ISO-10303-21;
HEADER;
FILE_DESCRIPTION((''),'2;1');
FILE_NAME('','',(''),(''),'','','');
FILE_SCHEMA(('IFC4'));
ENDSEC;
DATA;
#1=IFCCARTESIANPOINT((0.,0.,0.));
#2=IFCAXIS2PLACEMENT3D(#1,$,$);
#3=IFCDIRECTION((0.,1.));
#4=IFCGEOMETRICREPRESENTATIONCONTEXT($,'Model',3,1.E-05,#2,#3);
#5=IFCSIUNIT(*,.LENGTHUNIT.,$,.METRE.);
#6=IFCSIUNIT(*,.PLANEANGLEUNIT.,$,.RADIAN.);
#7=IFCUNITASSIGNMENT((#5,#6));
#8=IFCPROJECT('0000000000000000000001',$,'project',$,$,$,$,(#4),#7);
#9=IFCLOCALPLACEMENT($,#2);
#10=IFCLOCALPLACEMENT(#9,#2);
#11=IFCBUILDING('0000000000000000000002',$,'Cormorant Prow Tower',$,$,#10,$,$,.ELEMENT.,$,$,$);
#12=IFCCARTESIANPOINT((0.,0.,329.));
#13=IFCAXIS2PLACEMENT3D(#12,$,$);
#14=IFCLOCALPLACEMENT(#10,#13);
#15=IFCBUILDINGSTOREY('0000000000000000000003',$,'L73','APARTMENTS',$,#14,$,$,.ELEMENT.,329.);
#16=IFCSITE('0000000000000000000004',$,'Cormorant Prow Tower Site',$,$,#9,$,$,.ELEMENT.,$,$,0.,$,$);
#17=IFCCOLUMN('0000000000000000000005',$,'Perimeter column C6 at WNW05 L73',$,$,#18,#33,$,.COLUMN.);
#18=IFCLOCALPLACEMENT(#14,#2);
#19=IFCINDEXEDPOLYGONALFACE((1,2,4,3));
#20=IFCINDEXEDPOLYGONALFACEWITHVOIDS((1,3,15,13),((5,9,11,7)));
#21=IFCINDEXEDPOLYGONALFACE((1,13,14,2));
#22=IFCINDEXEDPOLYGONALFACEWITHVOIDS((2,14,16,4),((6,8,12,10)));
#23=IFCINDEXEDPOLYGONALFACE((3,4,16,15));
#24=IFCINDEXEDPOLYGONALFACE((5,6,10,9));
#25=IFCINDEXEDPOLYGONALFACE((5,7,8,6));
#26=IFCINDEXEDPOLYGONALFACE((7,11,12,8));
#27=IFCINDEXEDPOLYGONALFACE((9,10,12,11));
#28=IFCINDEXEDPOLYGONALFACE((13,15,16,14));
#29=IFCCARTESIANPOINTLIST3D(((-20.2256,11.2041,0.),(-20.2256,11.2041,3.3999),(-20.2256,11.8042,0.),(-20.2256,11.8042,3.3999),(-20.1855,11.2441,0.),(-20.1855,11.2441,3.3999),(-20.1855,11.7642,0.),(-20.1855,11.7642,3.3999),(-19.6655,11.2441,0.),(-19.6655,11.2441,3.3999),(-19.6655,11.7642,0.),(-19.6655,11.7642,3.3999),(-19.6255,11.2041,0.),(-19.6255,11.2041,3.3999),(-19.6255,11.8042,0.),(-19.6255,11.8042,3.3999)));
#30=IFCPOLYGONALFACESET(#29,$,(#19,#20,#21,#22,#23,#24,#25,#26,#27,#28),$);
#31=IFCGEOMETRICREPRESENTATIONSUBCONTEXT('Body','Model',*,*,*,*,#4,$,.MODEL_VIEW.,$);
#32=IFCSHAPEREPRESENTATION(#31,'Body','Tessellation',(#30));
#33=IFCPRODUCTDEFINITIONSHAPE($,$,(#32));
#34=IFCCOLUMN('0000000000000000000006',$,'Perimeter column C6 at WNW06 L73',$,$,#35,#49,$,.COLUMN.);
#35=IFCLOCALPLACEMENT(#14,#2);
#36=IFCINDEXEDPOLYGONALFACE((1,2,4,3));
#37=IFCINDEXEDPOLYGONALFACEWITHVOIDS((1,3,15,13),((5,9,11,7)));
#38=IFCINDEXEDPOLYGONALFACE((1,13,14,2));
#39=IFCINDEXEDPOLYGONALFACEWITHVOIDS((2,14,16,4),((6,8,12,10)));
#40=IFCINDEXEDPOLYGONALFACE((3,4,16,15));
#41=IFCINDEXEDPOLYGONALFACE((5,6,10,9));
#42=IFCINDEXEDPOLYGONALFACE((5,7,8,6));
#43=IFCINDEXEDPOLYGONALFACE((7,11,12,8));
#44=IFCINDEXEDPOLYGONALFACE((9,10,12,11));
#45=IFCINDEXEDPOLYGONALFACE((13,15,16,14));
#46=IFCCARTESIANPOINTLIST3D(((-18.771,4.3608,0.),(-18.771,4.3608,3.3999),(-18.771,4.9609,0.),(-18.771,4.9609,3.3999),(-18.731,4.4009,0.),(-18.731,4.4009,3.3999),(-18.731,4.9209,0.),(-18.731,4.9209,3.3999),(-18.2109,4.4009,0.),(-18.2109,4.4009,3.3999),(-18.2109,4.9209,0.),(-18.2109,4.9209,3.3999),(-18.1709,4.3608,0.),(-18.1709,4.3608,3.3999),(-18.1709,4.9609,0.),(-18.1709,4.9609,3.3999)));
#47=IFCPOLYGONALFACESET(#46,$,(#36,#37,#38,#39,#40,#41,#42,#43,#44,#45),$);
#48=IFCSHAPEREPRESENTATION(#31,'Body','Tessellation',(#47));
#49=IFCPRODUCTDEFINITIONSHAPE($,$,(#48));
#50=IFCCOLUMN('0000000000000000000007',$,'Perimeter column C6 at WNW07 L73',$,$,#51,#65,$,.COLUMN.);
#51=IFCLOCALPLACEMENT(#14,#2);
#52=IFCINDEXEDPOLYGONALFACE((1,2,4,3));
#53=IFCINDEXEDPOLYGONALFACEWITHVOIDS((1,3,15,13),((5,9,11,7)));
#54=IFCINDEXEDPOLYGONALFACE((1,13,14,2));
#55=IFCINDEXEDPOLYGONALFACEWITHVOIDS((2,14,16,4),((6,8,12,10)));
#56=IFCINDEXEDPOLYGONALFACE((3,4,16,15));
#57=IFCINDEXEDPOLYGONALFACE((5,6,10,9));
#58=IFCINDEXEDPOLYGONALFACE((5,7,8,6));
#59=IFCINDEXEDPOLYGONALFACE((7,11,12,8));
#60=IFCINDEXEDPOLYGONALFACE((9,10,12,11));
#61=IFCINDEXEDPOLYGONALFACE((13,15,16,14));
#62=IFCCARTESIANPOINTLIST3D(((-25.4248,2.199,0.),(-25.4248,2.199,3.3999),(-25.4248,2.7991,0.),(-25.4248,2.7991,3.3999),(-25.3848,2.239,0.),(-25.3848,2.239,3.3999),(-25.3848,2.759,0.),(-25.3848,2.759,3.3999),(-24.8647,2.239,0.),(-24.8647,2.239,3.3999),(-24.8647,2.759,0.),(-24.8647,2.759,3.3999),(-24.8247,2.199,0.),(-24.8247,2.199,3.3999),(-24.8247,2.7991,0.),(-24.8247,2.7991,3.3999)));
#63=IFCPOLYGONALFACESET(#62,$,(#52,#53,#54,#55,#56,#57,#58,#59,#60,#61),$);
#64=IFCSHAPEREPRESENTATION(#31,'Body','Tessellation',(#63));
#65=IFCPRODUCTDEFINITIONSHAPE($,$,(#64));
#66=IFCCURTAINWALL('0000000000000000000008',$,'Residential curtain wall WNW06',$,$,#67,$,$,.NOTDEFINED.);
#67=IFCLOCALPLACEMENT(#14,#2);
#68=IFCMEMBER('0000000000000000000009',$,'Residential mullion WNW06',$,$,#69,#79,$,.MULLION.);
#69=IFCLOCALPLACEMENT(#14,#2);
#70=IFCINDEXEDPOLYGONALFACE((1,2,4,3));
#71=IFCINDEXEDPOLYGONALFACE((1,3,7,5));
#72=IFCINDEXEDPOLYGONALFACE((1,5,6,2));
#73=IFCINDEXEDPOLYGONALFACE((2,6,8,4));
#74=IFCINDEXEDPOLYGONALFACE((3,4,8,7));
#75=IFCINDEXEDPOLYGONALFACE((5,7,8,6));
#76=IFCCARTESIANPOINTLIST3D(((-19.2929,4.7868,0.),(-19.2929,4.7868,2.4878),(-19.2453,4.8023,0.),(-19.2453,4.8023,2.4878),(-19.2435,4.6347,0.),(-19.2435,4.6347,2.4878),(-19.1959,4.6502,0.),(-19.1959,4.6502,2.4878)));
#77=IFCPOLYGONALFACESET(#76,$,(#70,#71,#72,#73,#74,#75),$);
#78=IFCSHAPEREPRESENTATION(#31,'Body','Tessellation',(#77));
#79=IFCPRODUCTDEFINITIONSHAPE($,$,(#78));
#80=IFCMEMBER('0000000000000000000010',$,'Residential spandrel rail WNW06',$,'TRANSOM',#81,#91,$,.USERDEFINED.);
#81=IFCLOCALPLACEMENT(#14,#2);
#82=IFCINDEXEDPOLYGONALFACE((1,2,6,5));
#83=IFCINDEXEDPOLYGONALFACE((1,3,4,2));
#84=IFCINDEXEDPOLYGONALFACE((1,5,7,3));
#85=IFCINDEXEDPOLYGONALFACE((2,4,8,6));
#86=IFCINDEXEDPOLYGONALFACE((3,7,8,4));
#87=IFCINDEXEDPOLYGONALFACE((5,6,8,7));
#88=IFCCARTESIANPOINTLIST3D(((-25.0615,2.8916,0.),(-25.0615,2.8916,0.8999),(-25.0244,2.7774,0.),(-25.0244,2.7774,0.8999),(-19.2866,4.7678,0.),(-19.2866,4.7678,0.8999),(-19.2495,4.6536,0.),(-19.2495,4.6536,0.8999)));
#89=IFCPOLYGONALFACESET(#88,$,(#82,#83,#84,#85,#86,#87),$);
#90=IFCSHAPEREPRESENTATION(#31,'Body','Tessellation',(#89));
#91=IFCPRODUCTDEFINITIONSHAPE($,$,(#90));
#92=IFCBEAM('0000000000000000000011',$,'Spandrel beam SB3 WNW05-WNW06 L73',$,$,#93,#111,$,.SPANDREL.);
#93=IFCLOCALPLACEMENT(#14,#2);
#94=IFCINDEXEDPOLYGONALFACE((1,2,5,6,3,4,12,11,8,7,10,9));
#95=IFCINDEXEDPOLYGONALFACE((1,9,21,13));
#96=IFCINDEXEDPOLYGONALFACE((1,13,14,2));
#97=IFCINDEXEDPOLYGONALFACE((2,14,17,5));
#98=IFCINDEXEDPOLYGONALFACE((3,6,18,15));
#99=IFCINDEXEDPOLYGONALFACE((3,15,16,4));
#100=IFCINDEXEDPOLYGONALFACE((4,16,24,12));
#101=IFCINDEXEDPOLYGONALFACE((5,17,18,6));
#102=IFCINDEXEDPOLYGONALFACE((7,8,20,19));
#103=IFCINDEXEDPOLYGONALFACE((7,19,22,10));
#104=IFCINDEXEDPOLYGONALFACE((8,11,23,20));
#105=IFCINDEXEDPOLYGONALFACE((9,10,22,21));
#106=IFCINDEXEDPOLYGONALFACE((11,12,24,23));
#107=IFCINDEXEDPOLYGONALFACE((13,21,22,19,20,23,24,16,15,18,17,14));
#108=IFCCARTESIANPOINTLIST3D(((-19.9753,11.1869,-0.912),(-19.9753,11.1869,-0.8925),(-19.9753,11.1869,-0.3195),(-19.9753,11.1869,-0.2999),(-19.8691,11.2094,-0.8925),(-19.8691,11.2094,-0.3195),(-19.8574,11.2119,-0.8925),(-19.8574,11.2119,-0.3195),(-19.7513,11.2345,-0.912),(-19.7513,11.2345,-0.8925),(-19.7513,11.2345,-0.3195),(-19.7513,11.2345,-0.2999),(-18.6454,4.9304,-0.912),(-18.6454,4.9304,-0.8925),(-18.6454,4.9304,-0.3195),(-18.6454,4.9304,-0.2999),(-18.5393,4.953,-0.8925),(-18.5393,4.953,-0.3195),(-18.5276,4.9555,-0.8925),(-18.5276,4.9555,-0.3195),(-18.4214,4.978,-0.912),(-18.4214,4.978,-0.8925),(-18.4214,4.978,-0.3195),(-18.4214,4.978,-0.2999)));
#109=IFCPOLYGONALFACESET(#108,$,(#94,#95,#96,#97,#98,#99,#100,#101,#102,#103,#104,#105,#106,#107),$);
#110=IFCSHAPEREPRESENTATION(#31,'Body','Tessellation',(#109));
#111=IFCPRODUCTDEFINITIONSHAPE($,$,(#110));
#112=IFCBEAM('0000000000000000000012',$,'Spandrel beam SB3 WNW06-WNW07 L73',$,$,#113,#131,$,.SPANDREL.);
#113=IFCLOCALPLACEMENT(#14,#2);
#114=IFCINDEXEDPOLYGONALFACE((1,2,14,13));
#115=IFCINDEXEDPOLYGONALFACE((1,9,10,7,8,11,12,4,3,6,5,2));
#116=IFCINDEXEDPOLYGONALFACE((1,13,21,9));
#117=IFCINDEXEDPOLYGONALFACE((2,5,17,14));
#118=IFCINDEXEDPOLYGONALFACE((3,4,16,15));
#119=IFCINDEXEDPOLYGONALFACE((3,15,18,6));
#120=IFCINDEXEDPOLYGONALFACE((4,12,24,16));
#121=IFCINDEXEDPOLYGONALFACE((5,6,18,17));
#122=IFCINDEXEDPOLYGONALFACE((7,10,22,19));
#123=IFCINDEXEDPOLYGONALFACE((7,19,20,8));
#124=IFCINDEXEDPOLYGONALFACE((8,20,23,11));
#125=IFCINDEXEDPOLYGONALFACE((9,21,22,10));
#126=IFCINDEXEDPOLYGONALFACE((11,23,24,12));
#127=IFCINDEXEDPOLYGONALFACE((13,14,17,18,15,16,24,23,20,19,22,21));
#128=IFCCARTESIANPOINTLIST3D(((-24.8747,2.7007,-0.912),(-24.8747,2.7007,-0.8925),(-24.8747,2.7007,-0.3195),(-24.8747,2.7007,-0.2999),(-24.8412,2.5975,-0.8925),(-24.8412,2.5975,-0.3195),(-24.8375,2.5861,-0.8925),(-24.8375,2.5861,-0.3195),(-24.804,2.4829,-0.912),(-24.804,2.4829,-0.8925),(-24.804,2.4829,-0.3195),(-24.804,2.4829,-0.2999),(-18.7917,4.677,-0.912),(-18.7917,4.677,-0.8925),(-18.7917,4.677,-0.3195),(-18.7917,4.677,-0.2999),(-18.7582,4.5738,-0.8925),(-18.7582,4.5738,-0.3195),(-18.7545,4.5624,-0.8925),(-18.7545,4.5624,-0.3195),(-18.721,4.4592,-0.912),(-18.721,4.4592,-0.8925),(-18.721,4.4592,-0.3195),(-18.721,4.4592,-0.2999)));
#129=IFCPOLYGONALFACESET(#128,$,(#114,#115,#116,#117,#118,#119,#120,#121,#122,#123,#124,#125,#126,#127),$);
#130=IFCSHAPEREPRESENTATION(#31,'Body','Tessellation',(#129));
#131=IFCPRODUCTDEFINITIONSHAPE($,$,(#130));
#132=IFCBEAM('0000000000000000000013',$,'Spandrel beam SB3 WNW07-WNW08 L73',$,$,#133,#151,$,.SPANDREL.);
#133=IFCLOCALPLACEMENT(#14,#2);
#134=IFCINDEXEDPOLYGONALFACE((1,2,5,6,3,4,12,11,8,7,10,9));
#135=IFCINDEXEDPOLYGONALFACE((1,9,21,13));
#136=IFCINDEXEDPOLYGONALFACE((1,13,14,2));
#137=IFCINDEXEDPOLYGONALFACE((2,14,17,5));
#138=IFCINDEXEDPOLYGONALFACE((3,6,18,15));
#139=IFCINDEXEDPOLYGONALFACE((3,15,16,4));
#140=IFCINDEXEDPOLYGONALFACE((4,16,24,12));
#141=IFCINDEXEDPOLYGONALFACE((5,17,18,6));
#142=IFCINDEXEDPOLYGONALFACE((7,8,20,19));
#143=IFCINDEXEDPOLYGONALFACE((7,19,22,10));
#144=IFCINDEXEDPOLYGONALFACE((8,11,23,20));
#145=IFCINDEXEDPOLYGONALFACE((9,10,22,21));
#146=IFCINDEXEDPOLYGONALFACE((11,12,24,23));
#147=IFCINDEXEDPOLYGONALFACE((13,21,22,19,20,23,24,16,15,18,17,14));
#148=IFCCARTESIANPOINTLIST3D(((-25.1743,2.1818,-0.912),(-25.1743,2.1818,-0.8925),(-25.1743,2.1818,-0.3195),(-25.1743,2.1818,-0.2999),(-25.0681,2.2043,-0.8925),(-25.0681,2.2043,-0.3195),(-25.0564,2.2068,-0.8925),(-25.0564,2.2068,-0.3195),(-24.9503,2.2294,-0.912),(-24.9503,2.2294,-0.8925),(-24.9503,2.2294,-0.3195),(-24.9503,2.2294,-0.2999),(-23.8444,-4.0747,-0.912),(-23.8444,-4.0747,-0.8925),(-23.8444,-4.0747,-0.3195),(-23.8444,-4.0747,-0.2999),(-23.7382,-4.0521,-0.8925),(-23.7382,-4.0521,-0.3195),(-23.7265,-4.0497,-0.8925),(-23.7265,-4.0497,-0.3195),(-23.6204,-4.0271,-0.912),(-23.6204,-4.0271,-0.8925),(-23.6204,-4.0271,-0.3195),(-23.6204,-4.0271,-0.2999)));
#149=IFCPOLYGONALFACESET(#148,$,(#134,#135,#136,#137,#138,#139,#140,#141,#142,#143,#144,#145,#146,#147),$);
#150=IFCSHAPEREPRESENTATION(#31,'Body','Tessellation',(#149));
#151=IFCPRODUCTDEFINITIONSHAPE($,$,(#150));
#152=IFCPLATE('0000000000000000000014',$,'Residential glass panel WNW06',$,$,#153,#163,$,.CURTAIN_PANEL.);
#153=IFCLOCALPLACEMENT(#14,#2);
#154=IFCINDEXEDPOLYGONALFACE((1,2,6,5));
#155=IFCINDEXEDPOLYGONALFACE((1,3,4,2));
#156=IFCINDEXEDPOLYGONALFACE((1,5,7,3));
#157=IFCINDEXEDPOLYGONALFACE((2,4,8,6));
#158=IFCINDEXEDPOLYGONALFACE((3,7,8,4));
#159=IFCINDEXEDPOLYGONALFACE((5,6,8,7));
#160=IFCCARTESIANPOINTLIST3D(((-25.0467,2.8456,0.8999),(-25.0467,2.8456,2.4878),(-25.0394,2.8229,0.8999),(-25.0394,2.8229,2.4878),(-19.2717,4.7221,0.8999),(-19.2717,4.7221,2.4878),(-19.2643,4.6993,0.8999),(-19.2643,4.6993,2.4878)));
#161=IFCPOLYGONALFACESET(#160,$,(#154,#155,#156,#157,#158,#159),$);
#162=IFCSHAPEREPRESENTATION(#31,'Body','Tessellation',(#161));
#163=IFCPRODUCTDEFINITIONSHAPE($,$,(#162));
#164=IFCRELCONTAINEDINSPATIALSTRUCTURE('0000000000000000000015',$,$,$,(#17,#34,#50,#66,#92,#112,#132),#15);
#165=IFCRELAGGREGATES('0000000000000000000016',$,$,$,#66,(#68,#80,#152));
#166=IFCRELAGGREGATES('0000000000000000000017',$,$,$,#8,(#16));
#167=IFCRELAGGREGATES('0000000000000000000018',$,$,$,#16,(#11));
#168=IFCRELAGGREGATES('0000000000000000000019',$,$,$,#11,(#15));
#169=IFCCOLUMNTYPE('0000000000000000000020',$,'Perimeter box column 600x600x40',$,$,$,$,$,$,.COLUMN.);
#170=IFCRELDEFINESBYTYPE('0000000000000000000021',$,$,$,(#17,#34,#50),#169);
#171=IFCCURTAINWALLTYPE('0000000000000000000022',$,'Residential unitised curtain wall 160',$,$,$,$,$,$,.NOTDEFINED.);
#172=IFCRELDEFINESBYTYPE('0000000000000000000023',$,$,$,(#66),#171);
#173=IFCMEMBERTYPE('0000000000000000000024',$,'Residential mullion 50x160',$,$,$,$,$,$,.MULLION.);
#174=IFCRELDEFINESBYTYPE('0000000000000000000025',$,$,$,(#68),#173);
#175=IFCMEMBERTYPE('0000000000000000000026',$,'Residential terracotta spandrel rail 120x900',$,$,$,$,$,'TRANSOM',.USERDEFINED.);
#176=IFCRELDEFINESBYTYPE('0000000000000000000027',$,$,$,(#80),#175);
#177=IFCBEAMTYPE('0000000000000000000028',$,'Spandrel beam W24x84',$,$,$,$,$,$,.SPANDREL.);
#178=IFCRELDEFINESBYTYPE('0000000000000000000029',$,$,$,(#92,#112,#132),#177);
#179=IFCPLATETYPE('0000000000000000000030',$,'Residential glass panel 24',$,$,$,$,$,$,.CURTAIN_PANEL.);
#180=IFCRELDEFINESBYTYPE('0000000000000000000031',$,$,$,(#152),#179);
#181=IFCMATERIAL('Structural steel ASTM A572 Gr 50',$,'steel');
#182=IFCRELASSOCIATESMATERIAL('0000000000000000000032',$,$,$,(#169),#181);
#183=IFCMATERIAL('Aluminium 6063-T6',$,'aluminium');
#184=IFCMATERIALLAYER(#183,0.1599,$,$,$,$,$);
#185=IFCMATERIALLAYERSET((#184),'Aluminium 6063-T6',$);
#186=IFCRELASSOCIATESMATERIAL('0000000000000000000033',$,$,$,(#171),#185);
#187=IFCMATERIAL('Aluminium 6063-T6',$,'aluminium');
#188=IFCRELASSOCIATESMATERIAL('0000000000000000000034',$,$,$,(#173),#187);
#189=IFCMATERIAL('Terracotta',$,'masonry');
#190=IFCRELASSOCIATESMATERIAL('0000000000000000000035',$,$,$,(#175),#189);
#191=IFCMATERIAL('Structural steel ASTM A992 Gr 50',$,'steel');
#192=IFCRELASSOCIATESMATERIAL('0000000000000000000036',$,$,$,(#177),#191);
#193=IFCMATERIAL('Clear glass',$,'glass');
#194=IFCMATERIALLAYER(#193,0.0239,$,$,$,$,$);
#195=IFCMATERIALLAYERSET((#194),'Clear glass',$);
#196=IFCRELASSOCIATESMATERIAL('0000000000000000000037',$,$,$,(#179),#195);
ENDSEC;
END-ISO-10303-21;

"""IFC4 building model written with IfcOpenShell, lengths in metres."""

from ifc_helpers import new_model, si_unit, direction, frame, origin, origin_2d, place, context, subcontext, project, spatial, rectangle, hollow_rectangle, i_section, extrude, material, layer, layer_set, material_profile, profile_set, type_object, element, aggregate, save


model = new_model("IFC4")

# Units and contexts
model_context = context("Model", 3, precision=1e-05, world=origin(), true_north=direction((0.0, 1.0)))
body_context = subcontext(model_context, "Body", "Model", "MODEL_VIEW")
ifc_project = project(units=[si_unit("LENGTHUNIT", "METRE"), si_unit("PLANEANGLEUNIT", "RADIAN")], contexts=[model_context])

# Site, building, storey
site_placement = place(None, origin())
site = spatial("IfcSite", under=ifc_project, at=site_placement, Name="Cormorant Prow Tower Site", CompositionType="ELEMENT", RefElevation=0.0)
building_placement = place(site_placement, origin())
building = spatial("IfcBuilding", under=site, at=building_placement, Name="Cormorant Prow Tower", CompositionType="ELEMENT")
storey_placement = place(building_placement, frame((0.0, 0.0, 329.0)))
storey = spatial("IfcBuildingStorey", under=building, at=storey_placement, Name="L73", Description="APARTMENTS", CompositionType="ELEMENT", Elevation=329.0)

# Columns
ifc_material_1 = material(Name="Structural steel ASTM A572 Gr 50", Category="steel")
ifc_material_profile_1 = material_profile(ifc_material_1, hollow_rectangle(XDim=0.6001, YDim=0.6001, WallThickness=0.04, at=origin_2d()), Name="Box 600x600x40")
ifc_profile_set_1 = profile_set([ifc_material_profile_1], Name="Structural steel ASTM A572 Gr 50")
column_type = type_object("IfcColumnType", Name="Perimeter box column 600x600x40", PredefinedType="COLUMN", material=ifc_profile_set_1)
for number, where, z_axis, x_axis, name in (
    (1, (-19.9255, 11.5042, 0.0), (0.0, 0.0, 1.0), (1.0, 0.0, 0.0), "Perimeter column C6 at WNW05 L73"),
    (2, (-18.4709, 4.6609, 0.0), (0.0, 0.0, 1.0), (1.0, 0.0, 0.0), "Perimeter column C6 at WNW06 L73"),
    (3, (-25.1248, 2.499, 0.0), (0.0, 0.0, 1.0), (1.0, 0.0, 0.0), "Perimeter column C6 at WNW07 L73"),
):
    element("IfcColumn", number, at=place(storey_placement, frame(where, z_axis=z_axis, x_axis=x_axis)), inside=storey, type_object=column_type, Name=name, PredefinedType="COLUMN", context=body_context, shape_type="SweptSolid", body=[
        extrude(hollow_rectangle(XDim=0.6001, YDim=0.6001, WallThickness=0.04, at=origin_2d()), origin(), (0.0, 0.0, 1.0), 3.3999),
    ])

# Curtain wall, members
ifc_material_2 = material(Name="Aluminium 6063-T6", Category="aluminium")
ifc_layer_1 = layer(ifc_material_2, 0.1599)
ifc_layer_set_1 = layer_set([ifc_layer_1], Name="Aluminium 6063-T6")
curtain_wall_type = type_object("IfcCurtainWallType", Name="Residential unitised curtain wall 160", PredefinedType="NOTDEFINED", material=ifc_layer_set_1)
curtain_wall_placement = place(storey_placement, origin())
curtain_wall = element("IfcCurtainWall", 4, at=curtain_wall_placement, inside=storey, type_object=curtain_wall_type, Name="Residential curtain wall WNW06", PredefinedType="NOTDEFINED")
ifc_material_3 = material(Name="Aluminium 6063-T6", Category="aluminium")
ifc_material_profile_2 = material_profile(ifc_material_3, rectangle(XDim=0.1599, YDim=0.05, at=origin_2d()), Name="Residential mullion 50x160")
ifc_profile_set_2 = profile_set([ifc_material_profile_2], Name="Aluminium 6063-T6")
member_type_1 = type_object("IfcMemberType", Name="Residential mullion 50x160", PredefinedType="MULLION", material=ifc_profile_set_2)
member_1_placement = place(storey_placement, frame((-19.2444, 4.7185, 0.0), z_axis=(0.0, 0.0, 1.0), x_axis=(0.309017, -0.951057, 0.0)))
member_1 = element("IfcMember", 5, at=member_1_placement, type_object=member_type_1, Name="Residential mullion WNW06", PredefinedType="MULLION", context=body_context, shape_type="SweptSolid", body=[
    extrude(rectangle(XDim=0.1599, YDim=0.05, at=origin_2d()), origin(), (0.0, 0.0, 1.0), 2.4878),
])
ifc_material_4 = material(Name="Terracotta", Category="masonry")
ifc_material_profile_3 = material_profile(ifc_material_4, rectangle(XDim=0.1201, YDim=0.8999, at=origin_2d()), Name="Residential terracotta spandrel rail 120x900")
ifc_profile_set_3 = profile_set([ifc_material_profile_3], Name="Terracotta")
member_type_2 = type_object("IfcMemberType", Name="Residential terracotta spandrel rail 120x900", ElementType="TRANSOM", PredefinedType="USERDEFINED", material=ifc_profile_set_3)
member_2_placement = place(storey_placement, frame((-19.2681, 4.7107, 0.45), z_axis=(-0.951064, -0.308993, 0.0), x_axis=(0.308993, -0.951064, 0.0)))
member_2 = element("IfcMember", 6, at=member_2_placement, type_object=member_type_2, Name="Residential spandrel rail WNW06", ObjectType="TRANSOM", PredefinedType="USERDEFINED", context=body_context, shape_type="SweptSolid", body=[
    extrude(rectangle(XDim=0.1201, YDim=0.8999, at=origin_2d()), origin(), (0.0, 0.0, 1.0), 6.072),
])

# Beams
ifc_material_5 = material(Name="Structural steel ASTM A992 Gr 50", Category="steel")
ifc_material_profile_4 = material_profile(ifc_material_5, i_section(OverallWidth=0.229, OverallDepth=0.6121, WebThickness=0.012, FlangeThickness=0.0195, at=origin_2d()), Name="W24x84")
ifc_profile_set_4 = profile_set([ifc_material_profile_4], Name="Structural steel ASTM A992 Gr 50")
beam_type = type_object("IfcBeamType", Name="Spandrel beam W24x84", PredefinedType="SPANDREL", material=ifc_profile_set_4)
beam_1_placement = place(storey_placement, frame((-19.8633, 11.2107, -0.606), z_axis=(0.207913, -0.978147, 0.0), x_axis=(0.978147, 0.207913, 0.0)))
element("IfcBeam", 7, at=beam_1_placement, inside=storey, type_object=beam_type, Name="Spandrel beam SB3 WNW05-WNW06 L73", PredefinedType="SPANDREL", context=body_context, shape_type="SweptSolid", body=[
    extrude(i_section(OverallWidth=0.229, OverallDepth=0.6121, WebThickness=0.012, FlangeThickness=0.0195, at=origin_2d()), origin(), (0.0, 0.0, 1.0), 6.3962),
])
beam_2_placement = place(storey_placement, frame((-18.7563, 4.5681, -0.606), z_axis=(-0.951064, -0.308993, 0.0), x_axis=(0.308993, -0.951064, 0.0)))
element("IfcBeam", 8, at=beam_2_placement, inside=storey, type_object=beam_type, Name="Spandrel beam SB3 WNW06-WNW07 L73", PredefinedType="SPANDREL", context=body_context, shape_type="SweptSolid", body=[
    extrude(i_section(OverallWidth=0.229, OverallDepth=0.6121, WebThickness=0.012, FlangeThickness=0.0195, at=origin_2d()), origin(), (0.0, 0.0, 1.0), 6.396),
])
beam_3_placement = place(storey_placement, frame((-25.0623, 2.2056, -0.606), z_axis=(0.207913, -0.978147, 0.0), x_axis=(0.978147, 0.207913, 0.0)))
element("IfcBeam", 9, at=beam_3_placement, inside=storey, type_object=beam_type, Name="Spandrel beam SB3 WNW07-WNW08 L73", PredefinedType="SPANDREL", context=body_context, shape_type="SweptSolid", body=[
    extrude(i_section(OverallWidth=0.229, OverallDepth=0.6121, WebThickness=0.012, FlangeThickness=0.0195, at=origin_2d()), origin(), (0.0, 0.0, 1.0), 6.3962),
])

# Plate
ifc_material_6 = material(Name="Clear glass", Category="glass")
ifc_layer_2 = layer(ifc_material_6, 0.0239)
ifc_layer_set_2 = layer_set([ifc_layer_2], Name="Clear glass")
plate_type = type_object("IfcPlateType", Name="Residential glass panel 24", PredefinedType="CURTAIN_PANEL", material=ifc_layer_set_2)
plate_placement = place(storey_placement, frame((-22.1555, 3.7725, 0.8999), z_axis=(0.0, 0.0, 1.0), x_axis=(-0.951057, -0.309017, 0.0)))
plate = element("IfcPlate", 10, at=plate_placement, type_object=plate_type, Name="Residential glass panel WNW06", PredefinedType="CURTAIN_PANEL", context=body_context, shape_type="SweptSolid", body=[
    extrude(rectangle(XDim=6.0723, YDim=0.0239, at=origin_2d()), origin(), (0.0, 0.0, 1.0), 1.5879),
])
aggregate(curtain_wall, [member_1, member_2, plate])

save(model, "model.ifc")
